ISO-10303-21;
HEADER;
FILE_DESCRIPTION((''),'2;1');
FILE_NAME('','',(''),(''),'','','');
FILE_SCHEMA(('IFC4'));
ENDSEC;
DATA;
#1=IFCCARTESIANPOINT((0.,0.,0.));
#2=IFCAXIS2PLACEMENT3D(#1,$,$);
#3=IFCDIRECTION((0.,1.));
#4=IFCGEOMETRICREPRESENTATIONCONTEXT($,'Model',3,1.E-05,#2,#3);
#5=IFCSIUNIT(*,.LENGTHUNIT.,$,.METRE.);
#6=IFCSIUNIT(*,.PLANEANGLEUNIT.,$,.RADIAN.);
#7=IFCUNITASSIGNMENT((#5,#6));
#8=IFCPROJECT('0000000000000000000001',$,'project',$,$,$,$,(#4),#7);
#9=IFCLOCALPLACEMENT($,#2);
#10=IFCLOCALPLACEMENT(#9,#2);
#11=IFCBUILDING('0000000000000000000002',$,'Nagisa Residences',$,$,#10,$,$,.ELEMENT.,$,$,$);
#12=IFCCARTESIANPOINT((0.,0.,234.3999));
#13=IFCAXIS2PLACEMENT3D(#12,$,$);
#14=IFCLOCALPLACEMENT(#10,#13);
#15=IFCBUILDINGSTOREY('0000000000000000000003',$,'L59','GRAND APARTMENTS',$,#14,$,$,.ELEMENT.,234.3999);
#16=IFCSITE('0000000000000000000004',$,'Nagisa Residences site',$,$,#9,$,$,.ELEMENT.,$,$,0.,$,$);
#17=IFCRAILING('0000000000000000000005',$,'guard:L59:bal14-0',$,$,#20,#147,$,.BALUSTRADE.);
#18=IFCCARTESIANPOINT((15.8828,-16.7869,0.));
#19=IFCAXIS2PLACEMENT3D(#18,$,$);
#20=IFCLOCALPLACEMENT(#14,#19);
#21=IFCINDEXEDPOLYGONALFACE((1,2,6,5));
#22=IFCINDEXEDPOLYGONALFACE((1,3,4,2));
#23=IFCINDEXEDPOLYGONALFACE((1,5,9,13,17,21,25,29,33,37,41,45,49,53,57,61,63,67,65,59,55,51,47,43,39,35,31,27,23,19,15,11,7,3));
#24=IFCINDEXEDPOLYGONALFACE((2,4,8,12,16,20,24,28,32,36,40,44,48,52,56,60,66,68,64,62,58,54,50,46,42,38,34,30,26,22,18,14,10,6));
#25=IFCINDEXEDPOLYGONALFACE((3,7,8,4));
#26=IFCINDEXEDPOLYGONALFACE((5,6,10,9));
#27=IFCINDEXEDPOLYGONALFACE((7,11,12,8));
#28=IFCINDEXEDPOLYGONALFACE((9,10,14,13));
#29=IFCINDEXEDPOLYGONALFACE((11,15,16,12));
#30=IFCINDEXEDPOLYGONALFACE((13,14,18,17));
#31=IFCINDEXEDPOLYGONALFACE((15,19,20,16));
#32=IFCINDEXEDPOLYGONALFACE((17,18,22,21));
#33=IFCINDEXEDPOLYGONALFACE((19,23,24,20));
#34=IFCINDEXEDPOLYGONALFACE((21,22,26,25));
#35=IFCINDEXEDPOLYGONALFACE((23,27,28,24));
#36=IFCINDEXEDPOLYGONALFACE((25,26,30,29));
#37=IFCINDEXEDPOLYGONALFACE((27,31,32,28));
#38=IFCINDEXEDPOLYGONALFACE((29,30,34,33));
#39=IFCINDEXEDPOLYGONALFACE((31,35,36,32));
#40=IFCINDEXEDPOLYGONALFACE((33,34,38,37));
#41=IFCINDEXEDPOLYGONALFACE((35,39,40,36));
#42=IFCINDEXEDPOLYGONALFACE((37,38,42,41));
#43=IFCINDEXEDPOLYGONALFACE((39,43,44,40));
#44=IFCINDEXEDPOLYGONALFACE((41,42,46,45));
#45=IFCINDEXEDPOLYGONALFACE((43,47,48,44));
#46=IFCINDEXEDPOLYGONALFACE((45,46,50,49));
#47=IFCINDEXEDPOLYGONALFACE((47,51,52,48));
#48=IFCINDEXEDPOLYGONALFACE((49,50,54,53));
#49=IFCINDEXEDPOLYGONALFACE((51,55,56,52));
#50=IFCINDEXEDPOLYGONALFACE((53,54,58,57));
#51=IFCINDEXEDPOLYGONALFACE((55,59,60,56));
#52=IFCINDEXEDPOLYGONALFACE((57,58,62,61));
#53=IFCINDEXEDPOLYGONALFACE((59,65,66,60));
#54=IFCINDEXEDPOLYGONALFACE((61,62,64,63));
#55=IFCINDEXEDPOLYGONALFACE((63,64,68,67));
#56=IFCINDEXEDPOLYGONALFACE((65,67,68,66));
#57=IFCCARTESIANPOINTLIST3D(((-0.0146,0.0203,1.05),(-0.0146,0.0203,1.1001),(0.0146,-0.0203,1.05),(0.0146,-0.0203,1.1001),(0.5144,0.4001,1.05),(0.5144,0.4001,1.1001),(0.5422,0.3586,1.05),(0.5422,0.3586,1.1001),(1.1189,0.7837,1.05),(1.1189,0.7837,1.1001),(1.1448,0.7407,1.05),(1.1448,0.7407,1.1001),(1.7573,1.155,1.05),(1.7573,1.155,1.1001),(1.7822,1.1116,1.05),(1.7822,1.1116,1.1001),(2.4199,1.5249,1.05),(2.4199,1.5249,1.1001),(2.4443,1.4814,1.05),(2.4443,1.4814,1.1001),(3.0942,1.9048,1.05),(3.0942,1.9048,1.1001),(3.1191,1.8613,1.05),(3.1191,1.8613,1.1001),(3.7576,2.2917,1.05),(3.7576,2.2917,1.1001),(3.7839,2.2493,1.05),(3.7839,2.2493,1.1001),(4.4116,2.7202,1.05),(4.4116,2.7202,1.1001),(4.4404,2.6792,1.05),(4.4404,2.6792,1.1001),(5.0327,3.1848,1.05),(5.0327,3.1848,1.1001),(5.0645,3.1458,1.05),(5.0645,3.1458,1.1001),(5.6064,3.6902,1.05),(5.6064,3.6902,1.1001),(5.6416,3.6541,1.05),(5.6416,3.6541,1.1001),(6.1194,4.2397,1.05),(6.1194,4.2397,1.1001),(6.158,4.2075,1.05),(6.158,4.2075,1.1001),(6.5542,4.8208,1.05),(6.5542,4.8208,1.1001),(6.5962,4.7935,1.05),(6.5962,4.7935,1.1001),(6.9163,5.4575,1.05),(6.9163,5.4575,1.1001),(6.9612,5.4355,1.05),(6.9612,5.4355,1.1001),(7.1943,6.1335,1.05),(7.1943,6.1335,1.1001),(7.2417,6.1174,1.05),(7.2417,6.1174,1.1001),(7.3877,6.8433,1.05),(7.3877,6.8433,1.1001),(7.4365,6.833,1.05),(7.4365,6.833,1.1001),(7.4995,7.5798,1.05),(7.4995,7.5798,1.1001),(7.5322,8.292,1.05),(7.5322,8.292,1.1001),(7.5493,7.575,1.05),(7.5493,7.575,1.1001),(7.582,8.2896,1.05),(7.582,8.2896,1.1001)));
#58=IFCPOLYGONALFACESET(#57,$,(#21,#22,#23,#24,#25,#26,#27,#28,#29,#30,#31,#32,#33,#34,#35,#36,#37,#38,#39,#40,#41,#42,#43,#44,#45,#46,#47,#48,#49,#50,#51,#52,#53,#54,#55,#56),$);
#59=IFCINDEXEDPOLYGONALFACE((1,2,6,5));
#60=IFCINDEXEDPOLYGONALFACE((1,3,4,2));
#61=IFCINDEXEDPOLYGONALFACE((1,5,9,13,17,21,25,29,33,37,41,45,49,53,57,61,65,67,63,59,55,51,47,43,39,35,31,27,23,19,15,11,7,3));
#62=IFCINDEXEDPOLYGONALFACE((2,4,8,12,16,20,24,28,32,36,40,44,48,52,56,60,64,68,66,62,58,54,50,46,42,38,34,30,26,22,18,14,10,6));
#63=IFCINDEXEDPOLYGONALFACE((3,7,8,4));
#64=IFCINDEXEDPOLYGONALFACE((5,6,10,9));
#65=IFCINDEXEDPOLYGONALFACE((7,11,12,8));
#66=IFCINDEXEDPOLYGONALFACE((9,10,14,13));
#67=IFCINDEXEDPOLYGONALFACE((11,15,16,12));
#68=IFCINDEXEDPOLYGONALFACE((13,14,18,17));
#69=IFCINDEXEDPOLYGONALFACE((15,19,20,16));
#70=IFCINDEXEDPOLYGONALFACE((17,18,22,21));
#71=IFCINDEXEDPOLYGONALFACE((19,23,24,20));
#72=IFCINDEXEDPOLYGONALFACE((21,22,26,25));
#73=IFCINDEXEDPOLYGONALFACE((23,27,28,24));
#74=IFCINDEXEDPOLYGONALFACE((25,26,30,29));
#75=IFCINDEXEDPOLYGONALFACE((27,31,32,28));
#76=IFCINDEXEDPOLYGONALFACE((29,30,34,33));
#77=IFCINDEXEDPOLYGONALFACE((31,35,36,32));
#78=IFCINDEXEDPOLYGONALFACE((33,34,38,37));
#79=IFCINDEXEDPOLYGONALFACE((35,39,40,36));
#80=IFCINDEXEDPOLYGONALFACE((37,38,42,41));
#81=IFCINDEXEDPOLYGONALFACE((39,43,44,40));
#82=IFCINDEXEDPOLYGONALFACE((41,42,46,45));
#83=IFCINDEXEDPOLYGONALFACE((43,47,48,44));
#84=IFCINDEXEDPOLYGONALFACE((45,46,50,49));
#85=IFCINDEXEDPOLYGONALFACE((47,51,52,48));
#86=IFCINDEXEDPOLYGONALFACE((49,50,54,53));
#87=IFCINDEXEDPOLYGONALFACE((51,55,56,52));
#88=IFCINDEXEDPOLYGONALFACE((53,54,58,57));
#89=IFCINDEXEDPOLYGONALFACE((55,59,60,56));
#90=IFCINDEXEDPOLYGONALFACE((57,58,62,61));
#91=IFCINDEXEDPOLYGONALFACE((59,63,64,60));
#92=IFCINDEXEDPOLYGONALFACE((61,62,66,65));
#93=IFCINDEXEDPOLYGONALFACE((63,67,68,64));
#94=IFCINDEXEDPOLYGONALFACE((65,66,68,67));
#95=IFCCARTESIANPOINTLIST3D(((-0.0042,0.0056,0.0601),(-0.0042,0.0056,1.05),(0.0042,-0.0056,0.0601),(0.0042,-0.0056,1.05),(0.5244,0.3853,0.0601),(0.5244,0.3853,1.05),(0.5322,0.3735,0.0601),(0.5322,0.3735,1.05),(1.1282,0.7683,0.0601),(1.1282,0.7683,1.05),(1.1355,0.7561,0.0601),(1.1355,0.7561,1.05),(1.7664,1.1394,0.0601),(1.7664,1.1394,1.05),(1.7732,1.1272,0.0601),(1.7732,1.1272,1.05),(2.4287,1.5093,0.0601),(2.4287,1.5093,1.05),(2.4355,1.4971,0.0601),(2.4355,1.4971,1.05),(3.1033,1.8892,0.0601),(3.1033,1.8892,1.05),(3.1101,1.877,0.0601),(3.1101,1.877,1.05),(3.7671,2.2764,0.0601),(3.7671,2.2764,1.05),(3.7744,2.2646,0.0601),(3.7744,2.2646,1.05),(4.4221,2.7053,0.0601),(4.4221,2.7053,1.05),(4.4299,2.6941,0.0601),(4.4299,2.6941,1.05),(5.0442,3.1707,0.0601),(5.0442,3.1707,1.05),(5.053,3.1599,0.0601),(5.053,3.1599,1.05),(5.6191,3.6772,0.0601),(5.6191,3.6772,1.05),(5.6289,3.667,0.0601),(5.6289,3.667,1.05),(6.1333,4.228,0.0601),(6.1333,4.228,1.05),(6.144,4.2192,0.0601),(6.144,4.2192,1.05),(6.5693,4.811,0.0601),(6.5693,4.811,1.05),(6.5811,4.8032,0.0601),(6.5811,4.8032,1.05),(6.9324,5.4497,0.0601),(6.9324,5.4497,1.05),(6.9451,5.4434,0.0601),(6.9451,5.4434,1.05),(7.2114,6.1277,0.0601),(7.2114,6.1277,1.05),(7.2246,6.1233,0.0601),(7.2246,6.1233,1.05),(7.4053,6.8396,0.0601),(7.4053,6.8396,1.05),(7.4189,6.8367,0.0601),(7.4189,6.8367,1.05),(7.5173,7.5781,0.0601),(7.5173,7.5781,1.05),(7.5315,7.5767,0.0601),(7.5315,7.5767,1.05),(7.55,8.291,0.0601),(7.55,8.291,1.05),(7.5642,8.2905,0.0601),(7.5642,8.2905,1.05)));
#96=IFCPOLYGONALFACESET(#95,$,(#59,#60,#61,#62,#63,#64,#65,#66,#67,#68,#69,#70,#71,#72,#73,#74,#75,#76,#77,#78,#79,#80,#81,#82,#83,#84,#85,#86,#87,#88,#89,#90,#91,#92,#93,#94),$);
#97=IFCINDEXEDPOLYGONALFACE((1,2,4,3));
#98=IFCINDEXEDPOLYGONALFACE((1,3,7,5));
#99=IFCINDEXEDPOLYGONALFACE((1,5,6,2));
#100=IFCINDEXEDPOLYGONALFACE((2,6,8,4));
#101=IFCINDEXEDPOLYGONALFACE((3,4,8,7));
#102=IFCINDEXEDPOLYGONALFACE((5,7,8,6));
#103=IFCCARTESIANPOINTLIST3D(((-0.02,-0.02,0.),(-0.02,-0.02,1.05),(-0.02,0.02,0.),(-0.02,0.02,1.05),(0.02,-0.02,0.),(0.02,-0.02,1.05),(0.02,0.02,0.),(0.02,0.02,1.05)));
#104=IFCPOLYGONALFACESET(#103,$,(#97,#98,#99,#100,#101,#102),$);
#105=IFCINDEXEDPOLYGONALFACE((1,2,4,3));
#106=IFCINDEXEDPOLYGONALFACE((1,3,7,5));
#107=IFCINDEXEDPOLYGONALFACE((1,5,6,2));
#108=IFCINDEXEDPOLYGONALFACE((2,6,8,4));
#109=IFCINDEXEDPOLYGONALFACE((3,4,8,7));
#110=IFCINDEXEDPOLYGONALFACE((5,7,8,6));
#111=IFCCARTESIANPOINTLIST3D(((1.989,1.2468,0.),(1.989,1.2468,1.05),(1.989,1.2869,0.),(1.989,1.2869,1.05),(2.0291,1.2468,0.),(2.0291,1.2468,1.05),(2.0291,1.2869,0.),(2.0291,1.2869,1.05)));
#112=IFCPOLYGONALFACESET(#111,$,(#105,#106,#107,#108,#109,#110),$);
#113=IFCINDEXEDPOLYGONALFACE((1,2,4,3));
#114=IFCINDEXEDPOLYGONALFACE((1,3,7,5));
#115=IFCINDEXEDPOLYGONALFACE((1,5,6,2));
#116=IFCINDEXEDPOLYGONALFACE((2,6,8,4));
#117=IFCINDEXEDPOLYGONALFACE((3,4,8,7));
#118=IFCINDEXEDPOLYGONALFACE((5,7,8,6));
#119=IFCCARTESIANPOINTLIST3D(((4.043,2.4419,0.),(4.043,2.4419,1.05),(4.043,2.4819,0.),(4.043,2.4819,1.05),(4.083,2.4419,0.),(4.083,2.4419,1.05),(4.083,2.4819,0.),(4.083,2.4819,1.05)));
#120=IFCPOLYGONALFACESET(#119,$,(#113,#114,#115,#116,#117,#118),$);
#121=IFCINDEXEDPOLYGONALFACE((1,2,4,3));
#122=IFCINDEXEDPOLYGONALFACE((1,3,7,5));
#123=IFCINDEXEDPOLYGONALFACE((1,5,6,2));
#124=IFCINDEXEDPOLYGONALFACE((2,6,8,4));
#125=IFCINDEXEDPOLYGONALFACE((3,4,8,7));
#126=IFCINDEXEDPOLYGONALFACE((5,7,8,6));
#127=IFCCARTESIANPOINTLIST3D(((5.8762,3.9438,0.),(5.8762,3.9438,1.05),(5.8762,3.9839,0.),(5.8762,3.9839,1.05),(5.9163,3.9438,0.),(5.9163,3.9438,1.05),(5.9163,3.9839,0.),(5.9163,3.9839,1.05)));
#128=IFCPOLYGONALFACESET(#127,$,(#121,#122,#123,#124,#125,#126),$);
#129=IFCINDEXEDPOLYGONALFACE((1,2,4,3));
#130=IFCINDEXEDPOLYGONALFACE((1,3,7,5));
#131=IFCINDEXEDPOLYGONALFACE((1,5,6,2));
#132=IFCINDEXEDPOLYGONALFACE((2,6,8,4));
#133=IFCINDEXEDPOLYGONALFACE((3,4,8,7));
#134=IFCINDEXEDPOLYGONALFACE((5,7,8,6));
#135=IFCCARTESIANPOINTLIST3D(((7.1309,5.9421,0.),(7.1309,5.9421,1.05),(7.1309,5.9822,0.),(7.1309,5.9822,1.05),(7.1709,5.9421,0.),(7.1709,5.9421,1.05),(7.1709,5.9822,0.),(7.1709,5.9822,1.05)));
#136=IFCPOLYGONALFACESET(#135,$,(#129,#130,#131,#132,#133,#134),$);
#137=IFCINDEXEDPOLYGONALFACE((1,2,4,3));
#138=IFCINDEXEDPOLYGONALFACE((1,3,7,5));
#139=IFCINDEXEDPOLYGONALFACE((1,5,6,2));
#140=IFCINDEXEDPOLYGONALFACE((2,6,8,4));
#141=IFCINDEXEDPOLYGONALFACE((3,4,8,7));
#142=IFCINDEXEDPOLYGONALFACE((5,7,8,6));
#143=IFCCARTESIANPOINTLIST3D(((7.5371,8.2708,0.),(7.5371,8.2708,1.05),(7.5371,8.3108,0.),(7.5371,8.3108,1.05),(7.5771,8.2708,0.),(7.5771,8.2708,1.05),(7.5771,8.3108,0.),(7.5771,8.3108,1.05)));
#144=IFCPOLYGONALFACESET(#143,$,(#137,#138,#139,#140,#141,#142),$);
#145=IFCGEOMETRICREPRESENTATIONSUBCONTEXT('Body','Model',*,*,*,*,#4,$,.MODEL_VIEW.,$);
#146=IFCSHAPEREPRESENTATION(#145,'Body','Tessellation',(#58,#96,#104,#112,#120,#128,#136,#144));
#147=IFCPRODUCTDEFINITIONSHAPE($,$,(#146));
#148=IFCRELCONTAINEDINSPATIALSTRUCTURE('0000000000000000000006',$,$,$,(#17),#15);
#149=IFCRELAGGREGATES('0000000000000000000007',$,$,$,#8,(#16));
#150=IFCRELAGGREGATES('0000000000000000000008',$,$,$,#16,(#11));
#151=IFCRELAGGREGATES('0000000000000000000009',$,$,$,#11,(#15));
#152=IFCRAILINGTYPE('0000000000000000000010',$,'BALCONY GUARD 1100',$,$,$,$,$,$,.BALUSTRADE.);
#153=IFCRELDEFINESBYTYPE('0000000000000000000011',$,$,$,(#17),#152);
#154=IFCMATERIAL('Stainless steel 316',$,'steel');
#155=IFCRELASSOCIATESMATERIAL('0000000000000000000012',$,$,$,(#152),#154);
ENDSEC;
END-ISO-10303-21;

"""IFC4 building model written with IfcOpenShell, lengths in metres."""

from ifc_helpers import new_model, si_unit, direction, frame, origin, origin_2d, place, context, subcontext, project, spatial, polyline, rectangle, outline, extrude, material, type_object, element, save


model = new_model("IFC4")

# Units and contexts
model_context = context("Model", 3, precision=1e-05, world=origin(), true_north=direction((0.0, 1.0)))
body_context = subcontext(model_context, "Body", "Model", "MODEL_VIEW")
ifc_project = project(units=[si_unit("LENGTHUNIT", "METRE"), si_unit("PLANEANGLEUNIT", "RADIAN")], contexts=[model_context])

# Site, building, storey
site_placement = place(None, origin())
site = spatial("IfcSite", under=ifc_project, at=site_placement, Name="Nagisa Residences site", CompositionType="ELEMENT", RefElevation=0.0)
building_placement = place(site_placement, origin())
building = spatial("IfcBuilding", under=site, at=building_placement, Name="Nagisa Residences", CompositionType="ELEMENT")
storey_placement = place(building_placement, frame((0.0, 0.0, 234.3999)))
storey = spatial("IfcBuildingStorey", under=building, at=storey_placement, Name="L59", Description="GRAND APARTMENTS", CompositionType="ELEMENT", Elevation=234.3999)

# Railing
ifc_material_1 = material(Name="Stainless steel 316", Category="steel")
railing_type = type_object("IfcRailingType", Name="BALCONY GUARD 1100", PredefinedType="BALUSTRADE", material=ifc_material_1)
railing_1_placement = place(storey_placement, frame((15.8828, -16.7869, 0.0)))
element("IfcRailing", 1, at=railing_1_placement, inside=storey, type_object=railing_type, Name="guard:L59:bal14-0", PredefinedType="BALUSTRADE", context=body_context, shape_type="SweptSolid", body=[
    extrude(outline(polyline([(0.5144, 0.4001), (-0.0146, 0.0203), (0.0146, -0.0203), (0.5422, 0.3586), (1.1448, 0.7407), (1.7822, 1.1116), (2.4443, 1.4814), (3.1191, 1.8613), (3.7839, 2.2493), (4.4404, 2.6792), (5.0645, 3.1458), (5.6416, 3.6541), (6.158, 4.2075), (6.5962, 4.7935), (6.9612, 5.4355), (7.2417, 6.1174), (7.4365, 6.833), (7.5493, 7.575), (7.582, 8.2896), (7.5322, 8.292), (7.4995, 7.5798), (7.3877, 6.8433), (7.1943, 6.1335), (6.9163, 5.4575), (6.5542, 4.8208), (6.1194, 4.2397), (5.6064, 3.6902), (5.0327, 3.1848), (4.4116, 2.7202), (3.7576, 2.2917), (3.0942, 1.9048), (2.4199, 1.5249), (1.7573, 1.155), (1.1189, 0.7837), (0.5144, 0.4001)])), frame((0.0, 0.0, 1.05)), (0.0, 0.0, 1.0), 0.05),
    extrude(outline(polyline([(0.5244, 0.3853), (-0.0042, 0.0056), (0.0042, -0.0056), (0.5322, 0.3735), (1.1355, 0.7561), (1.7732, 1.1272), (2.4355, 1.4971), (3.1101, 1.877), (3.7744, 2.2646), (4.4299, 2.6941), (5.053, 3.1599), (5.6289, 3.667), (6.144, 4.2192), (6.5811, 4.8032), (6.9451, 5.4434), (7.2246, 6.1233), (7.4189, 6.8367), (7.5315, 7.5767), (7.5642, 8.2905), (7.55, 8.291), (7.5173, 7.5781), (7.4053, 6.8396), (7.2114, 6.1277), (6.9324, 5.4497), (6.5693, 4.811), (6.1333, 4.228), (5.6191, 3.6772), (5.0442, 3.1707), (4.4221, 2.7053), (3.7671, 2.2764), (3.1033, 1.8892), (2.4287, 1.5093), (1.7664, 1.1394), (1.1282, 0.7683), (0.5244, 0.3853)])), frame((0.0, 0.0, 0.0601)), (0.0, 0.0, 1.0), 0.99),
    extrude(rectangle(XDim=0.04, YDim=0.04, at=origin_2d()), origin(), (0.0, 0.0, 1.0), 1.05),
    extrude(rectangle(XDim=0.04, YDim=0.04, at=origin_2d()), frame((2.009, 1.2668, 0.0)), (0.0, 0.0, 1.0), 1.05),
    extrude(rectangle(XDim=0.04, YDim=0.04, at=origin_2d()), frame((4.063, 2.4619, 0.0)), (0.0, 0.0, 1.0), 1.05),
    extrude(rectangle(XDim=0.04, YDim=0.04, at=origin_2d()), frame((5.8962, 3.9639, 0.0)), (0.0, 0.0, 1.0), 1.05),
    extrude(rectangle(XDim=0.04, YDim=0.04, at=origin_2d()), frame((7.1509, 5.9622, 0.0)), (0.0, 0.0, 1.0), 1.05),
    extrude(rectangle(XDim=0.04, YDim=0.04, at=origin_2d()), frame((7.5571, 8.2908, 0.0)), (0.0, 0.0, 1.0), 1.05),
])

save(model, "model.ifc")
